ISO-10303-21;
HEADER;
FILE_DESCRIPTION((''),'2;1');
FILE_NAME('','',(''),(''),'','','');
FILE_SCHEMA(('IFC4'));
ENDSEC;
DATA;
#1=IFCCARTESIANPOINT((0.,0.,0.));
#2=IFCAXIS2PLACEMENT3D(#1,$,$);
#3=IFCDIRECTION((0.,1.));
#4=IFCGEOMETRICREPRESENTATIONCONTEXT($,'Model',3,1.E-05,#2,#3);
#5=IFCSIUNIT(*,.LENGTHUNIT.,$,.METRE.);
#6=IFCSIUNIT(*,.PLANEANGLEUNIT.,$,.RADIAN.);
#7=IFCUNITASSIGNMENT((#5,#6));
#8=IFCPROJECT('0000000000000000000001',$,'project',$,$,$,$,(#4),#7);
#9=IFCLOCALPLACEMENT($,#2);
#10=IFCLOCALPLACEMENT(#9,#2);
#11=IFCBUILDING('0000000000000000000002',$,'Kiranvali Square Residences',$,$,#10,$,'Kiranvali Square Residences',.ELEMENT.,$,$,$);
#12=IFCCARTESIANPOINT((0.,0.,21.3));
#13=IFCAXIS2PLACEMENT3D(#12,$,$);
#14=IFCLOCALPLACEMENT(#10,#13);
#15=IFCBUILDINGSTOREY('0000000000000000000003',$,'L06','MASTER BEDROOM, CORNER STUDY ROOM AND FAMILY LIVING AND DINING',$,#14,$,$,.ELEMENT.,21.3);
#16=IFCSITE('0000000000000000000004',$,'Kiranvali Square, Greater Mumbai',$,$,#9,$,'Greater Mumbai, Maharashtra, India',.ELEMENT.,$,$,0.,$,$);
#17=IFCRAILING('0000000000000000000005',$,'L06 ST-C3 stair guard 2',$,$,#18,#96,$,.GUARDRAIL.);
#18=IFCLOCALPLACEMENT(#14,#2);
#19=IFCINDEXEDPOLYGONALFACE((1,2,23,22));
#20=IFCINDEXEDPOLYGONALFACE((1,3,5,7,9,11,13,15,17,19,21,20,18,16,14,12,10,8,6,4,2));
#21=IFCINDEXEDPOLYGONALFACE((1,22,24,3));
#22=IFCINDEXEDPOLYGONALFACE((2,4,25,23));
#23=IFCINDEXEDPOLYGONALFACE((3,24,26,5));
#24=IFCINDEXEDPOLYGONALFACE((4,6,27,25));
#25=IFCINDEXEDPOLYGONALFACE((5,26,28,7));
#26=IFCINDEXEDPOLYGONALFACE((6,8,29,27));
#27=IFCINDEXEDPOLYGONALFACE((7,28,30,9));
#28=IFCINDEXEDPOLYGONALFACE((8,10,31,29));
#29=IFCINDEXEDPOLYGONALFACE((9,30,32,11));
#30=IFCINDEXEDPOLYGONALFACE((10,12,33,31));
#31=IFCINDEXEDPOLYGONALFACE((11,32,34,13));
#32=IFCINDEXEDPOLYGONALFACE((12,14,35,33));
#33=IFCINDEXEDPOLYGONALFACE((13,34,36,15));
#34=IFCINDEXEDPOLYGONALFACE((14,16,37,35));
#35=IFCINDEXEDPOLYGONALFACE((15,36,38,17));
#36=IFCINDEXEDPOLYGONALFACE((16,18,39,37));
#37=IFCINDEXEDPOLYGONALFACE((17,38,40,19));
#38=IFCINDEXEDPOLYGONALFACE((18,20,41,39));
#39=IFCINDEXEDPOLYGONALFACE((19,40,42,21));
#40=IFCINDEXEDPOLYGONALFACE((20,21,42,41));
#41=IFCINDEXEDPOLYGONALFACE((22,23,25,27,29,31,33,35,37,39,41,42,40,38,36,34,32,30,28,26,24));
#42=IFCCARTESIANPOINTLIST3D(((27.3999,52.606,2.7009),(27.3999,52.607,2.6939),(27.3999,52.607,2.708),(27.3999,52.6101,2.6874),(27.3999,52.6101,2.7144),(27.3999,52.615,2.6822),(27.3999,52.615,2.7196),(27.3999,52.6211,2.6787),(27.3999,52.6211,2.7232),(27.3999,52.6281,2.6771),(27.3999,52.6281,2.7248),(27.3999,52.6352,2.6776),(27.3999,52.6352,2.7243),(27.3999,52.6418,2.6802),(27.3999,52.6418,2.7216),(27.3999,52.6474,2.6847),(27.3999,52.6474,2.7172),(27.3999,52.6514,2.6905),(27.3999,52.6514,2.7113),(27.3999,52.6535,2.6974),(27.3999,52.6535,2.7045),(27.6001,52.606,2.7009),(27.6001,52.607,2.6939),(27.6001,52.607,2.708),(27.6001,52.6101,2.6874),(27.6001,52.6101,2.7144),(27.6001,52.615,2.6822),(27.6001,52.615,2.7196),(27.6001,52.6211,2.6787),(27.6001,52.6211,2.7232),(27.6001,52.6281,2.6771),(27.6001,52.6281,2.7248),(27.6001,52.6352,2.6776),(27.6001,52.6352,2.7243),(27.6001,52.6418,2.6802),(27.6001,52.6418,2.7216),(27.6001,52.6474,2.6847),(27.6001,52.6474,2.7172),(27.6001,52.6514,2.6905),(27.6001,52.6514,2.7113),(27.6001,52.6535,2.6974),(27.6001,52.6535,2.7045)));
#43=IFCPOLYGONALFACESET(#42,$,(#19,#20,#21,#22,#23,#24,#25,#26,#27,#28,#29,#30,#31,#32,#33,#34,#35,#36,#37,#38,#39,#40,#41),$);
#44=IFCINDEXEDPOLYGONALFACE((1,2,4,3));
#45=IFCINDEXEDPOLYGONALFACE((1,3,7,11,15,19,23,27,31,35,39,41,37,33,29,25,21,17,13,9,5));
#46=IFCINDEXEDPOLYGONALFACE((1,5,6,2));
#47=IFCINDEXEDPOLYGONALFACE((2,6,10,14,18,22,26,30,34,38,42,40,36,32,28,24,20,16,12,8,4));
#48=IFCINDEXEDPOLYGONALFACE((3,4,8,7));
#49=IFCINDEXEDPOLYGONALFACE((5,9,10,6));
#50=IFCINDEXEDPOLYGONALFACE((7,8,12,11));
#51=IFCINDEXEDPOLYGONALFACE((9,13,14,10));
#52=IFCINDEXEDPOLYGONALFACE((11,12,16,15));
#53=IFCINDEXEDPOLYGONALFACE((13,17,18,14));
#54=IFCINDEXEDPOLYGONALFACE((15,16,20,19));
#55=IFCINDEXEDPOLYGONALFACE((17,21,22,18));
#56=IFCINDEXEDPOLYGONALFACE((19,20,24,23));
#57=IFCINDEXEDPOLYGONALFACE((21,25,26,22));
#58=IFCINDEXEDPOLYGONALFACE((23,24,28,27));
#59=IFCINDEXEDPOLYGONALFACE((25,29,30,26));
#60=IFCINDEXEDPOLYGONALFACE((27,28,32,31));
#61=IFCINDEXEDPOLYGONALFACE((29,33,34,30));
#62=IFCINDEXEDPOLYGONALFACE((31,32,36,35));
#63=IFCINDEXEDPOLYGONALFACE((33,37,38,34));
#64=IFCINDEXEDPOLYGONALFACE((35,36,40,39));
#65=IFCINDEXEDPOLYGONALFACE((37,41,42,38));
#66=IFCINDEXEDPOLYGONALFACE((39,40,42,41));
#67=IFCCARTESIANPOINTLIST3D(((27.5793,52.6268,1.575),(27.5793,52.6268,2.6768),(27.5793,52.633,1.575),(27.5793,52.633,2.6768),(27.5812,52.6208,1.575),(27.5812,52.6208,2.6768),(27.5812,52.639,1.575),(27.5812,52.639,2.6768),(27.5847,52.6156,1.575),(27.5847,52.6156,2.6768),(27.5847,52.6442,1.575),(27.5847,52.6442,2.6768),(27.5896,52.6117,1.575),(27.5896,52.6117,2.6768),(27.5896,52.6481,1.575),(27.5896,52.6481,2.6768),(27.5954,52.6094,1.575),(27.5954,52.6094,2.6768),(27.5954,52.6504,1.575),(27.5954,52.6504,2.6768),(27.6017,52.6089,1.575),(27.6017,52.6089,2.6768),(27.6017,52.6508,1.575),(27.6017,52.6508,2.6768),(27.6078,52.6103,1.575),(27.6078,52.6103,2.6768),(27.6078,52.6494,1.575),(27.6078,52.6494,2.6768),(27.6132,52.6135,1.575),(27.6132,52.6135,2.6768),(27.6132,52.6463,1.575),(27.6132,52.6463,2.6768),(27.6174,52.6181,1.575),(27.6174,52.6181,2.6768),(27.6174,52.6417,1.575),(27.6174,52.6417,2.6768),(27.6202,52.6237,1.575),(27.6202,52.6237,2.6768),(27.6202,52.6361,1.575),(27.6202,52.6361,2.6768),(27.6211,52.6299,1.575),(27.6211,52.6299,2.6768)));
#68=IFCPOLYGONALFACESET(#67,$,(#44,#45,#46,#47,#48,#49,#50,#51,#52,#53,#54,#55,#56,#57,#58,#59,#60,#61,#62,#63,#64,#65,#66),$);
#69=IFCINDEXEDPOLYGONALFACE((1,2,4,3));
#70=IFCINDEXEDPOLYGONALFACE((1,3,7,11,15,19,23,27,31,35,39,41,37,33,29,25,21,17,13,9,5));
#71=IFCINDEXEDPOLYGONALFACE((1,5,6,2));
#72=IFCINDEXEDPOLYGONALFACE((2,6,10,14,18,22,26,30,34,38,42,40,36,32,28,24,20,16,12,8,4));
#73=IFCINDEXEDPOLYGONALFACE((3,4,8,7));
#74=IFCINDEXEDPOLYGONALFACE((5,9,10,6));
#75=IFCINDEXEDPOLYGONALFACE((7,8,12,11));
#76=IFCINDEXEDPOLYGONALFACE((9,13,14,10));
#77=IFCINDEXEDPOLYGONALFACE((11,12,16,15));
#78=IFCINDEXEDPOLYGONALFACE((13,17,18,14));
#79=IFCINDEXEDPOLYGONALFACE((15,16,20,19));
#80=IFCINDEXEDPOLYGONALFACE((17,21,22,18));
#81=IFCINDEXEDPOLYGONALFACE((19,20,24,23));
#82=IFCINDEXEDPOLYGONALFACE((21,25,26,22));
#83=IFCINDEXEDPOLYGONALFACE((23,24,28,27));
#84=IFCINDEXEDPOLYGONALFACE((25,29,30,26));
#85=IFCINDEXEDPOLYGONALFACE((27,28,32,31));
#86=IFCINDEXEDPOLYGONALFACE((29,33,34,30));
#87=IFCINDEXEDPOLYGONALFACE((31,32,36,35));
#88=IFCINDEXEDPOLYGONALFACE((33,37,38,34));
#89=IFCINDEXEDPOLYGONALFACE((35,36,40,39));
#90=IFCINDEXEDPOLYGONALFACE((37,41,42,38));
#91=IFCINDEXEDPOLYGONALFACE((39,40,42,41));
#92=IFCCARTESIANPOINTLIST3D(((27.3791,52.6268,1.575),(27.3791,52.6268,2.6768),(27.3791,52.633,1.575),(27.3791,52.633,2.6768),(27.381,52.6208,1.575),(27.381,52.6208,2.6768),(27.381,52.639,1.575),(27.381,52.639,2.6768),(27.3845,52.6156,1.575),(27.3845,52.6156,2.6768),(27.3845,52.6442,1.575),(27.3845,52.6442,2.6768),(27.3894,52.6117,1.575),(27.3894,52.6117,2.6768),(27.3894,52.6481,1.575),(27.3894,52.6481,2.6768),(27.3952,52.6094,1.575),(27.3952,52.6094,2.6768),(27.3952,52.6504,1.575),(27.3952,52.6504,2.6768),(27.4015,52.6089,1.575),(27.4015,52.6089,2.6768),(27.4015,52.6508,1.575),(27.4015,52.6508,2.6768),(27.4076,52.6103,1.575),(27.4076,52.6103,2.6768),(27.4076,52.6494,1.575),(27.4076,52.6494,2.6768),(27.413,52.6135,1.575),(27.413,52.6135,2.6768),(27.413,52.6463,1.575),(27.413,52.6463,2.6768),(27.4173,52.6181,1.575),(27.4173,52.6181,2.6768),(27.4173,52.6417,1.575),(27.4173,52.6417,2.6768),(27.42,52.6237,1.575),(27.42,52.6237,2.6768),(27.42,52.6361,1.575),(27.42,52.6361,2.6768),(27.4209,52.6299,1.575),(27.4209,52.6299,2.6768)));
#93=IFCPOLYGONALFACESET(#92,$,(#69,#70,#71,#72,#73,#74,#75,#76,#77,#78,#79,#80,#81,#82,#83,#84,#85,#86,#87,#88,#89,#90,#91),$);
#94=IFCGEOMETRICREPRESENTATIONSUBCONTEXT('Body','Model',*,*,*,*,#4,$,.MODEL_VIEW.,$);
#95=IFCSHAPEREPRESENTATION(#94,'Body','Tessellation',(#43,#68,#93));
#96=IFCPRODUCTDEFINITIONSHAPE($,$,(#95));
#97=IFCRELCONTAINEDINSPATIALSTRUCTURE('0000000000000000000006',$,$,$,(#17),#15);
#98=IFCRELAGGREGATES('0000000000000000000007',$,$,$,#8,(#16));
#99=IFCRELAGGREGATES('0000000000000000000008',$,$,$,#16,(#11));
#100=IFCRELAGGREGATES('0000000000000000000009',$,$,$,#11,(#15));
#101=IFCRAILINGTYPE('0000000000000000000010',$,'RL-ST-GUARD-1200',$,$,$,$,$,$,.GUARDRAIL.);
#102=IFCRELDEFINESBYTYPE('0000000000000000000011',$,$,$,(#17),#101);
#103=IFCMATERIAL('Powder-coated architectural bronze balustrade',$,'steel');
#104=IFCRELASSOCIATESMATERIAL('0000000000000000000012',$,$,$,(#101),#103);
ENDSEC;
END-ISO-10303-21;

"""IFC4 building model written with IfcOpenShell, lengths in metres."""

from ifc_helpers import new_model, si_unit, direction, frame, origin, origin_2d, place, context, subcontext, project, spatial, circle, extrude, material, type_object, element, save


model = new_model("IFC4")

# Units and contexts
model_context = context("Model", 3, precision=1e-05, world=origin(), true_north=direction((0.0, 1.0)))
body_context = subcontext(model_context, "Body", "Model", "MODEL_VIEW")
ifc_project = project(units=[si_unit("LENGTHUNIT", "METRE"), si_unit("PLANEANGLEUNIT", "RADIAN")], contexts=[model_context])

# Site, building, storey
site_placement = place(None, origin())
site = spatial("IfcSite", under=ifc_project, at=site_placement, Name="Kiranvali Square, Greater Mumbai", LongName="Greater Mumbai, Maharashtra, India", CompositionType="ELEMENT", RefElevation=0.0)
building_placement = place(site_placement, origin())
building = spatial("IfcBuilding", under=site, at=building_placement, Name="Kiranvali Square Residences", LongName="Kiranvali Square Residences", CompositionType="ELEMENT")
storey_placement = place(building_placement, frame((0.0, 0.0, 21.3)))
storey = spatial("IfcBuildingStorey", under=building, at=storey_placement, Name="L06", Description="MASTER BEDROOM, CORNER STUDY ROOM AND FAMILY LIVING AND DINING", CompositionType="ELEMENT", Elevation=21.3)

# Railing
ifc_material_1 = material(Name="Powder-coated architectural bronze balustrade", Category="steel")
railing_type_1 = type_object("IfcRailingType", Name="RL-ST-GUARD-1200", PredefinedType="GUARDRAIL", material=ifc_material_1)
railing_1_placement = place(storey_placement, frame((27.6001, 52.6299, 1.575)))
element("IfcRailing", 1, at=railing_1_placement, inside=storey, type_object=railing_type_1, Name="L06 ST-C3 stair guard 2", PredefinedType="GUARDRAIL", context=body_context, shape_type="SweptSolid", body=[
    extrude(circle(Radius=0.0239, at=origin_2d()), frame((0.0, 0.0, 1.126), z_axis=(-1.0, 0.0, 0.0), x_axis=(0.0, -1.0, 0.0)), (0.0, 0.0, 1.0), 0.2002),
    extrude(circle(Radius=0.021, at=origin_2d()), origin(), (0.0, 0.0, 1.0), 1.1018),
    extrude(circle(Radius=0.021, at=origin_2d()), frame((-0.2002, 0.0, 0.0)), (0.0, 0.0, 1.0), 1.1018),
])

save(model, "model.ifc")
